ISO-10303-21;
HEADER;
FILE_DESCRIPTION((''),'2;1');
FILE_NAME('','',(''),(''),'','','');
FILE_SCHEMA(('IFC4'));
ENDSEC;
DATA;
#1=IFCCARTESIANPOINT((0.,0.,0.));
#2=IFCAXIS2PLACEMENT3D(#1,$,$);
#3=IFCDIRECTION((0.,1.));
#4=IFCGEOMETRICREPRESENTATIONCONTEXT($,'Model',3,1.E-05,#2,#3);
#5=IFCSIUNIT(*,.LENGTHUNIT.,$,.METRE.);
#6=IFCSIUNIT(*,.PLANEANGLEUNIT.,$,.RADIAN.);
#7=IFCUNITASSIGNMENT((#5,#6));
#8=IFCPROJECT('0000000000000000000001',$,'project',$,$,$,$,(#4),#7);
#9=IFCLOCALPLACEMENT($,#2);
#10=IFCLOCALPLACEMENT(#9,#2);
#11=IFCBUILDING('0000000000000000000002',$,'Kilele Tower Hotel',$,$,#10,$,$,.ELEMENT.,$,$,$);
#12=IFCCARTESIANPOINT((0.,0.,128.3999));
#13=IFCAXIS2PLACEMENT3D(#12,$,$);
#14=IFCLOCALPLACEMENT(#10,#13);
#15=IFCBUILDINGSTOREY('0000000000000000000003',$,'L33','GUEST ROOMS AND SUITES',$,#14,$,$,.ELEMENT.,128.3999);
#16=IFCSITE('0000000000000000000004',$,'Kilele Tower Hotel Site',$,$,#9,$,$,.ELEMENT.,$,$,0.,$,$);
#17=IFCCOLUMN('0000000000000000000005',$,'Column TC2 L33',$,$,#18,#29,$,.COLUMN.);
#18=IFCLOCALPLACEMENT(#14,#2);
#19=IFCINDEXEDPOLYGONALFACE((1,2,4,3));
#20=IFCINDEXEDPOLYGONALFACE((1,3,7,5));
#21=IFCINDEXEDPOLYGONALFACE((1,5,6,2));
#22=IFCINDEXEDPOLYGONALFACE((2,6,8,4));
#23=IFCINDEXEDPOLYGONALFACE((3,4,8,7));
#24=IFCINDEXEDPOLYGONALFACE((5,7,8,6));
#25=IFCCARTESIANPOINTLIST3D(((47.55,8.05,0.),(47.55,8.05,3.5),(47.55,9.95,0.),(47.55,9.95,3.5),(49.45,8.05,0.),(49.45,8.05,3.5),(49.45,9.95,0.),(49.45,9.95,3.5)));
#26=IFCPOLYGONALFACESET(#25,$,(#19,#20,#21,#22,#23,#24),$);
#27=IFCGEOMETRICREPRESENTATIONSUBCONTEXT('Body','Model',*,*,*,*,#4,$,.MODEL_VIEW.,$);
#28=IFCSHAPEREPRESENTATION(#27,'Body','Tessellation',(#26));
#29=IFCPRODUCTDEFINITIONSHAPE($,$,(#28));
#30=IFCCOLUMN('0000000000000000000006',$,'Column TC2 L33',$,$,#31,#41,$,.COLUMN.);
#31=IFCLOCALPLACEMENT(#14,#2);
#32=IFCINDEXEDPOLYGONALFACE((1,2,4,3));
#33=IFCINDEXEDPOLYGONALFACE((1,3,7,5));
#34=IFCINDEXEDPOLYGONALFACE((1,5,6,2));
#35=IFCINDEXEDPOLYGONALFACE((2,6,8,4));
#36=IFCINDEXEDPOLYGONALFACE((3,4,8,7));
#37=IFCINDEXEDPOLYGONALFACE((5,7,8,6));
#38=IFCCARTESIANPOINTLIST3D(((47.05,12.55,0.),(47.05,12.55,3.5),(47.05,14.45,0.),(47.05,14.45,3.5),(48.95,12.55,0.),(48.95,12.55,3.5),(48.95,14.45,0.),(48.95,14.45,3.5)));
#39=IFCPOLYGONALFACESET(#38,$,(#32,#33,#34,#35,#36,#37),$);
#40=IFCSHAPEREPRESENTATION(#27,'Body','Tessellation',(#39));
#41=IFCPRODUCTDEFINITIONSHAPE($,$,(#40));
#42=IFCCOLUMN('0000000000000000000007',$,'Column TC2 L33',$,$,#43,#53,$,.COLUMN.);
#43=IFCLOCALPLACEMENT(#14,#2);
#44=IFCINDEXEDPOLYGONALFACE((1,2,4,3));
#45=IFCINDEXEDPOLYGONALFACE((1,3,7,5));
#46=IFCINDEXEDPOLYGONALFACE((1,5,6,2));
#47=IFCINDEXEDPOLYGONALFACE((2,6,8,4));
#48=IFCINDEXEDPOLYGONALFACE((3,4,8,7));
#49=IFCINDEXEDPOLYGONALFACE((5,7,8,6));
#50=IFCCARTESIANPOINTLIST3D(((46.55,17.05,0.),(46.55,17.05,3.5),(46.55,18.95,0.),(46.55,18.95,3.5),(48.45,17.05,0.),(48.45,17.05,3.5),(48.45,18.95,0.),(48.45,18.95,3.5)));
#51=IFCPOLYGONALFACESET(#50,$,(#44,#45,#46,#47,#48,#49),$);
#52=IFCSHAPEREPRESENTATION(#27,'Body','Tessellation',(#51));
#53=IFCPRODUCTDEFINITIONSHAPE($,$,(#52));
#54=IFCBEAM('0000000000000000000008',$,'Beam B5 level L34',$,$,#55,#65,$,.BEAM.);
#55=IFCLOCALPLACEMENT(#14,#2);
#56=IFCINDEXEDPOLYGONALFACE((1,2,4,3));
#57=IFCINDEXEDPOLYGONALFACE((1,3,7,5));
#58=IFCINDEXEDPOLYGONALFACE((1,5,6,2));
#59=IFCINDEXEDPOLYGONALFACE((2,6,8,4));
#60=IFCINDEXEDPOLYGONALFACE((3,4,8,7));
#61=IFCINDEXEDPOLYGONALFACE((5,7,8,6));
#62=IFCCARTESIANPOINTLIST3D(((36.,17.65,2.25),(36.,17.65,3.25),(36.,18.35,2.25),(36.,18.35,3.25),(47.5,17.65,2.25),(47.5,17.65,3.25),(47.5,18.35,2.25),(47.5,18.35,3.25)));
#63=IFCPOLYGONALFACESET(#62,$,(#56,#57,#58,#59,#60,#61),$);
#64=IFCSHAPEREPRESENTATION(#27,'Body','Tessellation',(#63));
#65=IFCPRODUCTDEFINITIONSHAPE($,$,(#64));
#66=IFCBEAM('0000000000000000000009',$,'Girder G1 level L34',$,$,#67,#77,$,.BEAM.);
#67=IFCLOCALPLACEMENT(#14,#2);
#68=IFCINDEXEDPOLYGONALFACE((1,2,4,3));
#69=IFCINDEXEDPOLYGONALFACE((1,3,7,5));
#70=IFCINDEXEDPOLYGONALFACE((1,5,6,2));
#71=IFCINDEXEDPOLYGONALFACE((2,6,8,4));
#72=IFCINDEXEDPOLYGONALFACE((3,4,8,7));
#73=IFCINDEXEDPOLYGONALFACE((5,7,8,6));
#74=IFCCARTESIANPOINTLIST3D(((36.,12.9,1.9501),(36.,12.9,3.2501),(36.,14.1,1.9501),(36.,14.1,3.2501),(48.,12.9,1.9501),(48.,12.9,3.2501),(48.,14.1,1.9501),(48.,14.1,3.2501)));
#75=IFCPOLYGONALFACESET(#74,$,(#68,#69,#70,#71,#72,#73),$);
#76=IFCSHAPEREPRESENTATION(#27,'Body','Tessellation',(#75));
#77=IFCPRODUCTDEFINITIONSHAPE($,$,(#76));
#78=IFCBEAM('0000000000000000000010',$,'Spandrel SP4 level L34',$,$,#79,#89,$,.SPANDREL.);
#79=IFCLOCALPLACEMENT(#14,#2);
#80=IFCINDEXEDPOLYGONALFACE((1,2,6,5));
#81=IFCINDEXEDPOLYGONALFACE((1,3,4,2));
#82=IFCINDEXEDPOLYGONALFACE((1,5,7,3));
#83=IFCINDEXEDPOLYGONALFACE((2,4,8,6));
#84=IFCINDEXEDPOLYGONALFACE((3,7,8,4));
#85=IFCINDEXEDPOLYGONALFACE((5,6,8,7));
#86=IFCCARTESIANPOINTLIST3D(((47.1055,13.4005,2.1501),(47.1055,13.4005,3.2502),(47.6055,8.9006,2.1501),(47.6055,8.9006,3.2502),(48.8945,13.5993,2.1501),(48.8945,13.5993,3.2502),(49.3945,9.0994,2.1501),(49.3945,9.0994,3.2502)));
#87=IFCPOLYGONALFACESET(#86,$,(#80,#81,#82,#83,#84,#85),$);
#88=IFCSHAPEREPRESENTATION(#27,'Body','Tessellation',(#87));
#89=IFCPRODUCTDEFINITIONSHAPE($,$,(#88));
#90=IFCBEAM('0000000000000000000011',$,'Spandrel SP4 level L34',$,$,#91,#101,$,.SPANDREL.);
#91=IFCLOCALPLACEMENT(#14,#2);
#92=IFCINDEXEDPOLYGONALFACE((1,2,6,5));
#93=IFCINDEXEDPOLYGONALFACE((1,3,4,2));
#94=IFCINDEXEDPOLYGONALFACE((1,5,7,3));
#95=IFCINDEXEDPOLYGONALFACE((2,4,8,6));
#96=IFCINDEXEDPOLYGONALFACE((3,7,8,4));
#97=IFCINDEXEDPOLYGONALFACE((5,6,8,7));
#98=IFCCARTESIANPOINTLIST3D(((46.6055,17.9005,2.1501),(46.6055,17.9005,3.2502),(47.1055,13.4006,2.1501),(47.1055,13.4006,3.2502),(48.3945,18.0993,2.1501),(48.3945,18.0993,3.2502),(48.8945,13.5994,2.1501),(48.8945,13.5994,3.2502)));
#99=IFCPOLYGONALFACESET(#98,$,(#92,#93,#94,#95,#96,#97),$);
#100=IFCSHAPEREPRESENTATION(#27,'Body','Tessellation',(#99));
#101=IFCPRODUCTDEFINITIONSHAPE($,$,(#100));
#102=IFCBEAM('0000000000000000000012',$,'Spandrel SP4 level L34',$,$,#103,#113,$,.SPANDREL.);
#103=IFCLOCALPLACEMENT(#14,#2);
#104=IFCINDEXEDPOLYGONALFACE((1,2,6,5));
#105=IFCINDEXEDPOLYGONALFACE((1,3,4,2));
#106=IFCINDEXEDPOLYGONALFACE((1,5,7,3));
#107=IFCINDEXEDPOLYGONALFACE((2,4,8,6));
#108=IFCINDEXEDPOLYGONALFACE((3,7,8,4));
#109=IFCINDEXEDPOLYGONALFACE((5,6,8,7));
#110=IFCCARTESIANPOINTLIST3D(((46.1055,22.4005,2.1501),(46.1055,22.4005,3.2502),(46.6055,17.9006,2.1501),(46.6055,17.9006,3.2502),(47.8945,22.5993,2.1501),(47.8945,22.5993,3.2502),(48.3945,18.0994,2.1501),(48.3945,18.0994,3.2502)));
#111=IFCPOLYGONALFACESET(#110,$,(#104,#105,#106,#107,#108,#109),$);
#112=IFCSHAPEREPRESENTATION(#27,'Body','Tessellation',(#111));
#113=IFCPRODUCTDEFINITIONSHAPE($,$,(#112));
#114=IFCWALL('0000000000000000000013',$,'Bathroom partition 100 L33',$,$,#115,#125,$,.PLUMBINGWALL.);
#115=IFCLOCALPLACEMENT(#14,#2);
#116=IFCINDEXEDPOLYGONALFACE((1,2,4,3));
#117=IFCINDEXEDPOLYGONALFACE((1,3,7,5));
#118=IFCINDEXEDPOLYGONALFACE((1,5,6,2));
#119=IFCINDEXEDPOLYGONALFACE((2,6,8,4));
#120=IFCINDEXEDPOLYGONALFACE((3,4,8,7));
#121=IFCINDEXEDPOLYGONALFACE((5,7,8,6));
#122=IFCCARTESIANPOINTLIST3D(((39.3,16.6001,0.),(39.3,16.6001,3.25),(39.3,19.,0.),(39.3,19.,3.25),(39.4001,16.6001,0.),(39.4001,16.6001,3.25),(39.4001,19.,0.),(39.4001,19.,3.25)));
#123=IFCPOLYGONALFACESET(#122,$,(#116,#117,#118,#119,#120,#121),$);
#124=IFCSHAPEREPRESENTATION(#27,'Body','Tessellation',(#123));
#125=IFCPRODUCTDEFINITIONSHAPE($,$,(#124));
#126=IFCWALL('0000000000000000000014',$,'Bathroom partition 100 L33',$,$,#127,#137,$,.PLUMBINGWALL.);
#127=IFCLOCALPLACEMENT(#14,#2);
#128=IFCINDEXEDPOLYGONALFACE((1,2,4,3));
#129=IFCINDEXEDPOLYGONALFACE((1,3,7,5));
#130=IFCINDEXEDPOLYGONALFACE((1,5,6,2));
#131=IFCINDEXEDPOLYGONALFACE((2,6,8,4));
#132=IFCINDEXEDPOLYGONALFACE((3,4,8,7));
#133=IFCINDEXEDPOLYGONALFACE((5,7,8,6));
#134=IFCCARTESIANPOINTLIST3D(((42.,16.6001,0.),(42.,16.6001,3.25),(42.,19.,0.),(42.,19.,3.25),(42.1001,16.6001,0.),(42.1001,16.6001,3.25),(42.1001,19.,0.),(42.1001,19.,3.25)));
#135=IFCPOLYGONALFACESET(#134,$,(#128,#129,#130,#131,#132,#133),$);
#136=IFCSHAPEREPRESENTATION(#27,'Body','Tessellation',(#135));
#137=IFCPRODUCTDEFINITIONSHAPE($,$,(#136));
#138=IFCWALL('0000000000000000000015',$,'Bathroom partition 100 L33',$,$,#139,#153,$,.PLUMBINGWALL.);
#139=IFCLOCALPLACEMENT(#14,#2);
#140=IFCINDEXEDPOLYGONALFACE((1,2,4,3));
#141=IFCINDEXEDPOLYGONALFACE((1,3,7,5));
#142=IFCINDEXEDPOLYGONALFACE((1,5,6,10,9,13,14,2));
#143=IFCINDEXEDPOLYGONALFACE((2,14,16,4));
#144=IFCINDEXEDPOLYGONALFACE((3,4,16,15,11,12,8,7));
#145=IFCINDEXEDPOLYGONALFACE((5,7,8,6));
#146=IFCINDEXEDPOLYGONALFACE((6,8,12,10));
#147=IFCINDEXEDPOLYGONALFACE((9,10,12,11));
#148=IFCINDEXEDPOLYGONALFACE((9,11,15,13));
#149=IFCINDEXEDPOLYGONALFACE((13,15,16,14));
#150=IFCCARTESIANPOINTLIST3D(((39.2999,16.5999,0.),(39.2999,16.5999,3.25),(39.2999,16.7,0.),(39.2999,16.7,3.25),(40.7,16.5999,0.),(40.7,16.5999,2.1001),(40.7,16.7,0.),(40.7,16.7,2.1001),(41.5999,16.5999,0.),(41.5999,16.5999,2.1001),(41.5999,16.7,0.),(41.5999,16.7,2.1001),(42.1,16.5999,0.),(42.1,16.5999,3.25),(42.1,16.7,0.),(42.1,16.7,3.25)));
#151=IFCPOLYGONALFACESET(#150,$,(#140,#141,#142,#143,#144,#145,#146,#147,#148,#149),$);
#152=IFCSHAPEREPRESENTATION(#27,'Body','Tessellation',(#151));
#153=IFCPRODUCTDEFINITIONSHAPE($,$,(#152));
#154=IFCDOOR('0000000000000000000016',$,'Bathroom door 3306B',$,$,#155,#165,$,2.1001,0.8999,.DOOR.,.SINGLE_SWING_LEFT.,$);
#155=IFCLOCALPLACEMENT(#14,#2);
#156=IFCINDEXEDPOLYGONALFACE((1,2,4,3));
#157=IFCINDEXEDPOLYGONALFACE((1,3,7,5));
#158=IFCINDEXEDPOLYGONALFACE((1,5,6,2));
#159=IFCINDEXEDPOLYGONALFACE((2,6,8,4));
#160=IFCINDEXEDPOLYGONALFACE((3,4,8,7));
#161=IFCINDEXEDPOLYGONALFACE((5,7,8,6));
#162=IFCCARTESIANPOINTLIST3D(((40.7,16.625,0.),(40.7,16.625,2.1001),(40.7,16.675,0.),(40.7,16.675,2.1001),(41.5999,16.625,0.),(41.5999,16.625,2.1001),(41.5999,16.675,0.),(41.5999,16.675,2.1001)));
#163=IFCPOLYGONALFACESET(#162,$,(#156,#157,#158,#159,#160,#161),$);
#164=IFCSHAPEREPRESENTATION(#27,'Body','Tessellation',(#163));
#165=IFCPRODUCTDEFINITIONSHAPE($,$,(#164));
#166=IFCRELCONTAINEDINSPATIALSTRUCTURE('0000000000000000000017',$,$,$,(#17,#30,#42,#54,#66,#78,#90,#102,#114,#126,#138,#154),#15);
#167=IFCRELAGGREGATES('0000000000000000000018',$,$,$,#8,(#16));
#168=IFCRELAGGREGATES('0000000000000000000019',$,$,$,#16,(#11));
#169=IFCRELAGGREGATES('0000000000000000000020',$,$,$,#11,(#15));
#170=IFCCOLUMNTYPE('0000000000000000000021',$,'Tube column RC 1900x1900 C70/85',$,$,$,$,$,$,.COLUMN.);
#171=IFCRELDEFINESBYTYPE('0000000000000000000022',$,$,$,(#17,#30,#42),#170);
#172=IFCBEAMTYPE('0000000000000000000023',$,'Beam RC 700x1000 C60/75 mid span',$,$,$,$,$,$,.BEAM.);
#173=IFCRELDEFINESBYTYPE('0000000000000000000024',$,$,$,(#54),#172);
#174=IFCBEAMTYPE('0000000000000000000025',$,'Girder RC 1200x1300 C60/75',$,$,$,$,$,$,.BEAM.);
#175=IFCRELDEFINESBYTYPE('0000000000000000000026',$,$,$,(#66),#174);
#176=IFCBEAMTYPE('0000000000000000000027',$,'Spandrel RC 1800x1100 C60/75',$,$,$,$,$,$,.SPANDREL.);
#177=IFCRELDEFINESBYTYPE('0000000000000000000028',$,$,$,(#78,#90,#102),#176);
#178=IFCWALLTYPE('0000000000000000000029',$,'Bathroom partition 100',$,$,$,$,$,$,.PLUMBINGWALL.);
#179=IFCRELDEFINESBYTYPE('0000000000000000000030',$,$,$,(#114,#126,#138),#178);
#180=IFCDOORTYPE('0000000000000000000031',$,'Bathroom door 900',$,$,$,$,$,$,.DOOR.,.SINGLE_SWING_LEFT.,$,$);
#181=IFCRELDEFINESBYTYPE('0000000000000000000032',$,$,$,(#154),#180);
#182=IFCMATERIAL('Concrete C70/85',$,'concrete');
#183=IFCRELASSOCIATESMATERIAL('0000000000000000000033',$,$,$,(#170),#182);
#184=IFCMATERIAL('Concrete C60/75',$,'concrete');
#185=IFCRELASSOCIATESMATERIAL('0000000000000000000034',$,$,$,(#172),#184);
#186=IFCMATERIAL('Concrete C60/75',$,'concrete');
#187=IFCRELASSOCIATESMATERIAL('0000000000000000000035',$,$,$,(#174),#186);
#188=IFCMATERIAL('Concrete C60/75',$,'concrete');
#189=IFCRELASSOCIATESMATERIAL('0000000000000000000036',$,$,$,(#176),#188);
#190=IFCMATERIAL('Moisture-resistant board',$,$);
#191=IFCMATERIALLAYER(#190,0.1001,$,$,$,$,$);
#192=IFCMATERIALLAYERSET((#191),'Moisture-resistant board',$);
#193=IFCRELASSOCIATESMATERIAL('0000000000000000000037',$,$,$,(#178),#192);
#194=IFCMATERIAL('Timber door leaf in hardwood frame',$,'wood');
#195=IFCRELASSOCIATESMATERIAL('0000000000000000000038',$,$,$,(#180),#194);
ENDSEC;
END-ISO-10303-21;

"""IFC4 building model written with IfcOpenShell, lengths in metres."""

from ifc_helpers import new_model, si_unit, direction, frame, frame_2d, origin, origin_2d, place, context, subcontext, project, spatial, rectangle, extrude, material, layer, layer_set, material_profile, profile_set, type_object, element, fill, save


model = new_model("IFC4")

# Units and contexts
model_context = context("Model", 3, precision=1e-05, world=origin(), true_north=direction((0.0, 1.0)))
body_context = subcontext(model_context, "Body", "Model", "MODEL_VIEW")
ifc_project = project(units=[si_unit("LENGTHUNIT", "METRE"), si_unit("PLANEANGLEUNIT", "RADIAN")], contexts=[model_context])

# Site, building, storey
site_placement = place(None, origin())
site = spatial("IfcSite", under=ifc_project, at=site_placement, Name="Kilele Tower Hotel Site", CompositionType="ELEMENT", RefElevation=0.0)
building_placement = place(site_placement, origin())
building = spatial("IfcBuilding", under=site, at=building_placement, Name="Kilele Tower Hotel", CompositionType="ELEMENT")
storey_placement = place(building_placement, frame((0.0, 0.0, 128.3999)))
storey = spatial("IfcBuildingStorey", under=building, at=storey_placement, Name="L33", Description="GUEST ROOMS AND SUITES", CompositionType="ELEMENT", Elevation=128.3999)

# Columns
ifc_material_1 = material(Name="Concrete C70/85", Category="concrete")
ifc_material_profile_1 = material_profile(ifc_material_1, rectangle(XDim=1.8999, YDim=1.8999, at=origin_2d()))
ifc_profile_set_1 = profile_set([ifc_material_profile_1], Name="Concrete C70/85")
column_type = type_object("IfcColumnType", Name="Tube column RC 1900x1900 C70/85", PredefinedType="COLUMN", material=ifc_profile_set_1)
for number, where, z_axis, x_axis, name in (
    (1, (48.5, 9.0, 0.0), (0.0, 0.0, 1.0), (1.0, 0.0, 0.0), "Column TC2 L33"),
    (2, (48.0, 13.5, 0.0), (0.0, 0.0, 1.0), (1.0, 0.0, 0.0), "Column TC2 L33"),
    (3, (47.5, 18.0, 0.0), (0.0, 0.0, 1.0), (1.0, 0.0, 0.0), "Column TC2 L33"),
):
    element("IfcColumn", number, at=place(storey_placement, frame(where, z_axis=z_axis, x_axis=x_axis)), inside=storey, type_object=column_type, Name=name, PredefinedType="COLUMN", context=body_context, shape_type="SweptSolid", body=[
        extrude(rectangle(XDim=1.8999, YDim=1.8999, at=origin_2d()), origin(), (0.0, 0.0, 1.0), 3.5),
    ])

# Beams
ifc_material_2 = material(Name="Concrete C60/75", Category="concrete")
ifc_material_profile_2 = material_profile(ifc_material_2, rectangle(XDim=0.7, YDim=1.0, at=origin_2d()))
ifc_profile_set_2 = profile_set([ifc_material_profile_2], Name="Concrete C60/75")
beam_type_1 = type_object("IfcBeamType", Name="Beam RC 700x1000 C60/75 mid span", PredefinedType="BEAM", material=ifc_profile_set_2)
beam_1_placement = place(storey_placement, frame((47.5, 18.0, 2.75), z_axis=(-1.0, 0.0, 0.0), x_axis=(0.0, -1.0, 0.0)))
element("IfcBeam", 4, at=beam_1_placement, inside=storey, type_object=beam_type_1, Name="Beam B5 level L34", PredefinedType="BEAM", context=body_context, shape_type="SweptSolid", body=[
    extrude(rectangle(XDim=0.7, YDim=1.0, at=origin_2d()), origin(), (0.0, 0.0, 1.0), 11.5),
])
ifc_material_3 = material(Name="Concrete C60/75", Category="concrete")
ifc_material_profile_3 = material_profile(ifc_material_3, rectangle(XDim=1.2, YDim=1.3, at=origin_2d()))
ifc_profile_set_3 = profile_set([ifc_material_profile_3], Name="Concrete C60/75")
beam_type_2 = type_object("IfcBeamType", Name="Girder RC 1200x1300 C60/75", PredefinedType="BEAM", material=ifc_profile_set_3)
beam_2_placement = place(storey_placement, frame((48.0, 13.5, 2.6001), z_axis=(-1.0, 0.0, 0.0), x_axis=(0.0, -1.0, 0.0)))
element("IfcBeam", 5, at=beam_2_placement, inside=storey, type_object=beam_type_2, Name="Girder G1 level L34", PredefinedType="BEAM", context=body_context, shape_type="SweptSolid", body=[
    extrude(rectangle(XDim=1.2, YDim=1.3, at=origin_2d()), origin(), (0.0, 0.0, 1.0), 12.0),
])
ifc_material_4 = material(Name="Concrete C60/75", Category="concrete")
ifc_material_profile_4 = material_profile(ifc_material_4, rectangle(XDim=1.8, YDim=1.1001, at=origin_2d()))
ifc_profile_set_4 = profile_set([ifc_material_profile_4], Name="Concrete C60/75")
beam_type_3 = type_object("IfcBeamType", Name="Spandrel RC 1800x1100 C60/75", PredefinedType="SPANDREL", material=ifc_profile_set_4)
for number, where, z_axis, x_axis, name in (
    (6, (48.5, 9.0, 2.7002), (-0.110432, 0.993884, 0.0), (-0.993884, -0.110432, 0.0), "Spandrel SP4 level L34"),
    (7, (48.0, 13.5, 2.7002), (-0.110432, 0.993884, 0.0), (-0.993884, -0.110432, 0.0), "Spandrel SP4 level L34"),
    (8, (47.5, 18.0, 2.7002), (-0.110432, 0.993884, 0.0), (-0.993884, -0.110432, 0.0), "Spandrel SP4 level L34"),
):
    element("IfcBeam", number, at=place(storey_placement, frame(where, z_axis=z_axis, x_axis=x_axis)), inside=storey, type_object=beam_type_3, Name=name, PredefinedType="SPANDREL", context=body_context, shape_type="SweptSolid", body=[
        extrude(rectangle(XDim=1.8, YDim=1.1001, at=origin_2d()), origin(), (0.0, 0.0, 1.0), 4.5276),
    ])

# Walls
ifc_material_5 = material(Name="Moisture-resistant board")
ifc_layer_1 = layer(ifc_material_5, 0.1001)
ifc_layer_set_1 = layer_set([ifc_layer_1], Name="Moisture-resistant board")
wall_type_1 = type_object("IfcWallType", Name="Bathroom partition 100", PredefinedType="PLUMBINGWALL", material=ifc_layer_set_1)
for number, where, z_axis, x_axis, name in (
    (9, (39.3501, 16.6001, 0.0), (0.0, 0.0, 1.0), (0.0, 1.0, 0.0), "Bathroom partition 100 L33"),
    (10, (42.05, 16.6001, 0.0), (0.0, 0.0, 1.0), (0.0, 1.0, 0.0), "Bathroom partition 100 L33"),
):
    element("IfcWall", number, at=place(storey_placement, frame(where, z_axis=z_axis, x_axis=x_axis)), inside=storey, type_object=wall_type_1, Name=name, PredefinedType="PLUMBINGWALL", context=body_context, shape_type="SweptSolid", body=[
        extrude(rectangle(XDim=2.3999, YDim=0.1001, at=frame_2d((1.2, 0.0))), origin(), (0.0, 0.0, 1.0), 3.25),
    ])

# Wall, opening, door
wall_1_placement = place(storey_placement, frame((39.3, 16.6499, 0.0), z_axis=(0.0, 0.0, 1.0), x_axis=(1.0, 0.0, 0.0)))
wall_1 = element("IfcWall", 11, at=wall_1_placement, inside=storey, type_object=wall_type_1, Name="Bathroom partition 100 L33", PredefinedType="PLUMBINGWALL", context=body_context, shape_type="SweptSolid", body=[
    extrude(rectangle(XDim=2.8, YDim=0.1001, at=frame_2d((1.3999, 0.0))), origin(), (0.0, 0.0, 1.0), 3.25),
])
opening_1_placement = place(wall_1_placement, frame((2.2998, 0.0, 0.0), z_axis=(0.0, 0.0, 1.0), x_axis=(-1.0, 0.0, 0.0)))
opening_1 = element("IfcOpeningElement", 12, at=opening_1_placement, cuts=wall_1, PredefinedType="OPENING", context=body_context, shape_type="SweptSolid", body=[
    extrude(rectangle(XDim=0.8999, YDim=2.1001, at=frame_2d((0.45, 1.05))), frame((0.0, 0.0601, 0.0), z_axis=(0.0, -1.0, 0.0), x_axis=(1.0, 0.0, 0.0)), (0.0, 0.0, 1.0), 0.1201),
])
ifc_material_6 = material(Name="Timber door leaf in hardwood frame", Category="wood")
door_type_1 = type_object("IfcDoorType", Name="Bathroom door 900", OperationType="SINGLE_SWING_LEFT", PredefinedType="DOOR", material=ifc_material_6)
door_1_placement = place(opening_1_placement, origin())
door_1 = element("IfcDoor", 13, at=door_1_placement, inside=storey, type_object=door_type_1, Name="Bathroom door 3306B", OperationType="SINGLE_SWING_LEFT", OverallHeight=2.1001, OverallWidth=0.8999, PredefinedType="DOOR", context=body_context, shape_type="SweptSolid", body=[
    extrude(rectangle(XDim=0.8999, YDim=2.1001, at=frame_2d((0.45, 1.05))), frame((0.0, 0.0249, 0.0), z_axis=(0.0, -1.0, 0.0), x_axis=(1.0, 0.0, 0.0)), (0.0, 0.0, 1.0), 0.05),
])
fill(opening_1, door_1)

save(model, "model.ifc")
